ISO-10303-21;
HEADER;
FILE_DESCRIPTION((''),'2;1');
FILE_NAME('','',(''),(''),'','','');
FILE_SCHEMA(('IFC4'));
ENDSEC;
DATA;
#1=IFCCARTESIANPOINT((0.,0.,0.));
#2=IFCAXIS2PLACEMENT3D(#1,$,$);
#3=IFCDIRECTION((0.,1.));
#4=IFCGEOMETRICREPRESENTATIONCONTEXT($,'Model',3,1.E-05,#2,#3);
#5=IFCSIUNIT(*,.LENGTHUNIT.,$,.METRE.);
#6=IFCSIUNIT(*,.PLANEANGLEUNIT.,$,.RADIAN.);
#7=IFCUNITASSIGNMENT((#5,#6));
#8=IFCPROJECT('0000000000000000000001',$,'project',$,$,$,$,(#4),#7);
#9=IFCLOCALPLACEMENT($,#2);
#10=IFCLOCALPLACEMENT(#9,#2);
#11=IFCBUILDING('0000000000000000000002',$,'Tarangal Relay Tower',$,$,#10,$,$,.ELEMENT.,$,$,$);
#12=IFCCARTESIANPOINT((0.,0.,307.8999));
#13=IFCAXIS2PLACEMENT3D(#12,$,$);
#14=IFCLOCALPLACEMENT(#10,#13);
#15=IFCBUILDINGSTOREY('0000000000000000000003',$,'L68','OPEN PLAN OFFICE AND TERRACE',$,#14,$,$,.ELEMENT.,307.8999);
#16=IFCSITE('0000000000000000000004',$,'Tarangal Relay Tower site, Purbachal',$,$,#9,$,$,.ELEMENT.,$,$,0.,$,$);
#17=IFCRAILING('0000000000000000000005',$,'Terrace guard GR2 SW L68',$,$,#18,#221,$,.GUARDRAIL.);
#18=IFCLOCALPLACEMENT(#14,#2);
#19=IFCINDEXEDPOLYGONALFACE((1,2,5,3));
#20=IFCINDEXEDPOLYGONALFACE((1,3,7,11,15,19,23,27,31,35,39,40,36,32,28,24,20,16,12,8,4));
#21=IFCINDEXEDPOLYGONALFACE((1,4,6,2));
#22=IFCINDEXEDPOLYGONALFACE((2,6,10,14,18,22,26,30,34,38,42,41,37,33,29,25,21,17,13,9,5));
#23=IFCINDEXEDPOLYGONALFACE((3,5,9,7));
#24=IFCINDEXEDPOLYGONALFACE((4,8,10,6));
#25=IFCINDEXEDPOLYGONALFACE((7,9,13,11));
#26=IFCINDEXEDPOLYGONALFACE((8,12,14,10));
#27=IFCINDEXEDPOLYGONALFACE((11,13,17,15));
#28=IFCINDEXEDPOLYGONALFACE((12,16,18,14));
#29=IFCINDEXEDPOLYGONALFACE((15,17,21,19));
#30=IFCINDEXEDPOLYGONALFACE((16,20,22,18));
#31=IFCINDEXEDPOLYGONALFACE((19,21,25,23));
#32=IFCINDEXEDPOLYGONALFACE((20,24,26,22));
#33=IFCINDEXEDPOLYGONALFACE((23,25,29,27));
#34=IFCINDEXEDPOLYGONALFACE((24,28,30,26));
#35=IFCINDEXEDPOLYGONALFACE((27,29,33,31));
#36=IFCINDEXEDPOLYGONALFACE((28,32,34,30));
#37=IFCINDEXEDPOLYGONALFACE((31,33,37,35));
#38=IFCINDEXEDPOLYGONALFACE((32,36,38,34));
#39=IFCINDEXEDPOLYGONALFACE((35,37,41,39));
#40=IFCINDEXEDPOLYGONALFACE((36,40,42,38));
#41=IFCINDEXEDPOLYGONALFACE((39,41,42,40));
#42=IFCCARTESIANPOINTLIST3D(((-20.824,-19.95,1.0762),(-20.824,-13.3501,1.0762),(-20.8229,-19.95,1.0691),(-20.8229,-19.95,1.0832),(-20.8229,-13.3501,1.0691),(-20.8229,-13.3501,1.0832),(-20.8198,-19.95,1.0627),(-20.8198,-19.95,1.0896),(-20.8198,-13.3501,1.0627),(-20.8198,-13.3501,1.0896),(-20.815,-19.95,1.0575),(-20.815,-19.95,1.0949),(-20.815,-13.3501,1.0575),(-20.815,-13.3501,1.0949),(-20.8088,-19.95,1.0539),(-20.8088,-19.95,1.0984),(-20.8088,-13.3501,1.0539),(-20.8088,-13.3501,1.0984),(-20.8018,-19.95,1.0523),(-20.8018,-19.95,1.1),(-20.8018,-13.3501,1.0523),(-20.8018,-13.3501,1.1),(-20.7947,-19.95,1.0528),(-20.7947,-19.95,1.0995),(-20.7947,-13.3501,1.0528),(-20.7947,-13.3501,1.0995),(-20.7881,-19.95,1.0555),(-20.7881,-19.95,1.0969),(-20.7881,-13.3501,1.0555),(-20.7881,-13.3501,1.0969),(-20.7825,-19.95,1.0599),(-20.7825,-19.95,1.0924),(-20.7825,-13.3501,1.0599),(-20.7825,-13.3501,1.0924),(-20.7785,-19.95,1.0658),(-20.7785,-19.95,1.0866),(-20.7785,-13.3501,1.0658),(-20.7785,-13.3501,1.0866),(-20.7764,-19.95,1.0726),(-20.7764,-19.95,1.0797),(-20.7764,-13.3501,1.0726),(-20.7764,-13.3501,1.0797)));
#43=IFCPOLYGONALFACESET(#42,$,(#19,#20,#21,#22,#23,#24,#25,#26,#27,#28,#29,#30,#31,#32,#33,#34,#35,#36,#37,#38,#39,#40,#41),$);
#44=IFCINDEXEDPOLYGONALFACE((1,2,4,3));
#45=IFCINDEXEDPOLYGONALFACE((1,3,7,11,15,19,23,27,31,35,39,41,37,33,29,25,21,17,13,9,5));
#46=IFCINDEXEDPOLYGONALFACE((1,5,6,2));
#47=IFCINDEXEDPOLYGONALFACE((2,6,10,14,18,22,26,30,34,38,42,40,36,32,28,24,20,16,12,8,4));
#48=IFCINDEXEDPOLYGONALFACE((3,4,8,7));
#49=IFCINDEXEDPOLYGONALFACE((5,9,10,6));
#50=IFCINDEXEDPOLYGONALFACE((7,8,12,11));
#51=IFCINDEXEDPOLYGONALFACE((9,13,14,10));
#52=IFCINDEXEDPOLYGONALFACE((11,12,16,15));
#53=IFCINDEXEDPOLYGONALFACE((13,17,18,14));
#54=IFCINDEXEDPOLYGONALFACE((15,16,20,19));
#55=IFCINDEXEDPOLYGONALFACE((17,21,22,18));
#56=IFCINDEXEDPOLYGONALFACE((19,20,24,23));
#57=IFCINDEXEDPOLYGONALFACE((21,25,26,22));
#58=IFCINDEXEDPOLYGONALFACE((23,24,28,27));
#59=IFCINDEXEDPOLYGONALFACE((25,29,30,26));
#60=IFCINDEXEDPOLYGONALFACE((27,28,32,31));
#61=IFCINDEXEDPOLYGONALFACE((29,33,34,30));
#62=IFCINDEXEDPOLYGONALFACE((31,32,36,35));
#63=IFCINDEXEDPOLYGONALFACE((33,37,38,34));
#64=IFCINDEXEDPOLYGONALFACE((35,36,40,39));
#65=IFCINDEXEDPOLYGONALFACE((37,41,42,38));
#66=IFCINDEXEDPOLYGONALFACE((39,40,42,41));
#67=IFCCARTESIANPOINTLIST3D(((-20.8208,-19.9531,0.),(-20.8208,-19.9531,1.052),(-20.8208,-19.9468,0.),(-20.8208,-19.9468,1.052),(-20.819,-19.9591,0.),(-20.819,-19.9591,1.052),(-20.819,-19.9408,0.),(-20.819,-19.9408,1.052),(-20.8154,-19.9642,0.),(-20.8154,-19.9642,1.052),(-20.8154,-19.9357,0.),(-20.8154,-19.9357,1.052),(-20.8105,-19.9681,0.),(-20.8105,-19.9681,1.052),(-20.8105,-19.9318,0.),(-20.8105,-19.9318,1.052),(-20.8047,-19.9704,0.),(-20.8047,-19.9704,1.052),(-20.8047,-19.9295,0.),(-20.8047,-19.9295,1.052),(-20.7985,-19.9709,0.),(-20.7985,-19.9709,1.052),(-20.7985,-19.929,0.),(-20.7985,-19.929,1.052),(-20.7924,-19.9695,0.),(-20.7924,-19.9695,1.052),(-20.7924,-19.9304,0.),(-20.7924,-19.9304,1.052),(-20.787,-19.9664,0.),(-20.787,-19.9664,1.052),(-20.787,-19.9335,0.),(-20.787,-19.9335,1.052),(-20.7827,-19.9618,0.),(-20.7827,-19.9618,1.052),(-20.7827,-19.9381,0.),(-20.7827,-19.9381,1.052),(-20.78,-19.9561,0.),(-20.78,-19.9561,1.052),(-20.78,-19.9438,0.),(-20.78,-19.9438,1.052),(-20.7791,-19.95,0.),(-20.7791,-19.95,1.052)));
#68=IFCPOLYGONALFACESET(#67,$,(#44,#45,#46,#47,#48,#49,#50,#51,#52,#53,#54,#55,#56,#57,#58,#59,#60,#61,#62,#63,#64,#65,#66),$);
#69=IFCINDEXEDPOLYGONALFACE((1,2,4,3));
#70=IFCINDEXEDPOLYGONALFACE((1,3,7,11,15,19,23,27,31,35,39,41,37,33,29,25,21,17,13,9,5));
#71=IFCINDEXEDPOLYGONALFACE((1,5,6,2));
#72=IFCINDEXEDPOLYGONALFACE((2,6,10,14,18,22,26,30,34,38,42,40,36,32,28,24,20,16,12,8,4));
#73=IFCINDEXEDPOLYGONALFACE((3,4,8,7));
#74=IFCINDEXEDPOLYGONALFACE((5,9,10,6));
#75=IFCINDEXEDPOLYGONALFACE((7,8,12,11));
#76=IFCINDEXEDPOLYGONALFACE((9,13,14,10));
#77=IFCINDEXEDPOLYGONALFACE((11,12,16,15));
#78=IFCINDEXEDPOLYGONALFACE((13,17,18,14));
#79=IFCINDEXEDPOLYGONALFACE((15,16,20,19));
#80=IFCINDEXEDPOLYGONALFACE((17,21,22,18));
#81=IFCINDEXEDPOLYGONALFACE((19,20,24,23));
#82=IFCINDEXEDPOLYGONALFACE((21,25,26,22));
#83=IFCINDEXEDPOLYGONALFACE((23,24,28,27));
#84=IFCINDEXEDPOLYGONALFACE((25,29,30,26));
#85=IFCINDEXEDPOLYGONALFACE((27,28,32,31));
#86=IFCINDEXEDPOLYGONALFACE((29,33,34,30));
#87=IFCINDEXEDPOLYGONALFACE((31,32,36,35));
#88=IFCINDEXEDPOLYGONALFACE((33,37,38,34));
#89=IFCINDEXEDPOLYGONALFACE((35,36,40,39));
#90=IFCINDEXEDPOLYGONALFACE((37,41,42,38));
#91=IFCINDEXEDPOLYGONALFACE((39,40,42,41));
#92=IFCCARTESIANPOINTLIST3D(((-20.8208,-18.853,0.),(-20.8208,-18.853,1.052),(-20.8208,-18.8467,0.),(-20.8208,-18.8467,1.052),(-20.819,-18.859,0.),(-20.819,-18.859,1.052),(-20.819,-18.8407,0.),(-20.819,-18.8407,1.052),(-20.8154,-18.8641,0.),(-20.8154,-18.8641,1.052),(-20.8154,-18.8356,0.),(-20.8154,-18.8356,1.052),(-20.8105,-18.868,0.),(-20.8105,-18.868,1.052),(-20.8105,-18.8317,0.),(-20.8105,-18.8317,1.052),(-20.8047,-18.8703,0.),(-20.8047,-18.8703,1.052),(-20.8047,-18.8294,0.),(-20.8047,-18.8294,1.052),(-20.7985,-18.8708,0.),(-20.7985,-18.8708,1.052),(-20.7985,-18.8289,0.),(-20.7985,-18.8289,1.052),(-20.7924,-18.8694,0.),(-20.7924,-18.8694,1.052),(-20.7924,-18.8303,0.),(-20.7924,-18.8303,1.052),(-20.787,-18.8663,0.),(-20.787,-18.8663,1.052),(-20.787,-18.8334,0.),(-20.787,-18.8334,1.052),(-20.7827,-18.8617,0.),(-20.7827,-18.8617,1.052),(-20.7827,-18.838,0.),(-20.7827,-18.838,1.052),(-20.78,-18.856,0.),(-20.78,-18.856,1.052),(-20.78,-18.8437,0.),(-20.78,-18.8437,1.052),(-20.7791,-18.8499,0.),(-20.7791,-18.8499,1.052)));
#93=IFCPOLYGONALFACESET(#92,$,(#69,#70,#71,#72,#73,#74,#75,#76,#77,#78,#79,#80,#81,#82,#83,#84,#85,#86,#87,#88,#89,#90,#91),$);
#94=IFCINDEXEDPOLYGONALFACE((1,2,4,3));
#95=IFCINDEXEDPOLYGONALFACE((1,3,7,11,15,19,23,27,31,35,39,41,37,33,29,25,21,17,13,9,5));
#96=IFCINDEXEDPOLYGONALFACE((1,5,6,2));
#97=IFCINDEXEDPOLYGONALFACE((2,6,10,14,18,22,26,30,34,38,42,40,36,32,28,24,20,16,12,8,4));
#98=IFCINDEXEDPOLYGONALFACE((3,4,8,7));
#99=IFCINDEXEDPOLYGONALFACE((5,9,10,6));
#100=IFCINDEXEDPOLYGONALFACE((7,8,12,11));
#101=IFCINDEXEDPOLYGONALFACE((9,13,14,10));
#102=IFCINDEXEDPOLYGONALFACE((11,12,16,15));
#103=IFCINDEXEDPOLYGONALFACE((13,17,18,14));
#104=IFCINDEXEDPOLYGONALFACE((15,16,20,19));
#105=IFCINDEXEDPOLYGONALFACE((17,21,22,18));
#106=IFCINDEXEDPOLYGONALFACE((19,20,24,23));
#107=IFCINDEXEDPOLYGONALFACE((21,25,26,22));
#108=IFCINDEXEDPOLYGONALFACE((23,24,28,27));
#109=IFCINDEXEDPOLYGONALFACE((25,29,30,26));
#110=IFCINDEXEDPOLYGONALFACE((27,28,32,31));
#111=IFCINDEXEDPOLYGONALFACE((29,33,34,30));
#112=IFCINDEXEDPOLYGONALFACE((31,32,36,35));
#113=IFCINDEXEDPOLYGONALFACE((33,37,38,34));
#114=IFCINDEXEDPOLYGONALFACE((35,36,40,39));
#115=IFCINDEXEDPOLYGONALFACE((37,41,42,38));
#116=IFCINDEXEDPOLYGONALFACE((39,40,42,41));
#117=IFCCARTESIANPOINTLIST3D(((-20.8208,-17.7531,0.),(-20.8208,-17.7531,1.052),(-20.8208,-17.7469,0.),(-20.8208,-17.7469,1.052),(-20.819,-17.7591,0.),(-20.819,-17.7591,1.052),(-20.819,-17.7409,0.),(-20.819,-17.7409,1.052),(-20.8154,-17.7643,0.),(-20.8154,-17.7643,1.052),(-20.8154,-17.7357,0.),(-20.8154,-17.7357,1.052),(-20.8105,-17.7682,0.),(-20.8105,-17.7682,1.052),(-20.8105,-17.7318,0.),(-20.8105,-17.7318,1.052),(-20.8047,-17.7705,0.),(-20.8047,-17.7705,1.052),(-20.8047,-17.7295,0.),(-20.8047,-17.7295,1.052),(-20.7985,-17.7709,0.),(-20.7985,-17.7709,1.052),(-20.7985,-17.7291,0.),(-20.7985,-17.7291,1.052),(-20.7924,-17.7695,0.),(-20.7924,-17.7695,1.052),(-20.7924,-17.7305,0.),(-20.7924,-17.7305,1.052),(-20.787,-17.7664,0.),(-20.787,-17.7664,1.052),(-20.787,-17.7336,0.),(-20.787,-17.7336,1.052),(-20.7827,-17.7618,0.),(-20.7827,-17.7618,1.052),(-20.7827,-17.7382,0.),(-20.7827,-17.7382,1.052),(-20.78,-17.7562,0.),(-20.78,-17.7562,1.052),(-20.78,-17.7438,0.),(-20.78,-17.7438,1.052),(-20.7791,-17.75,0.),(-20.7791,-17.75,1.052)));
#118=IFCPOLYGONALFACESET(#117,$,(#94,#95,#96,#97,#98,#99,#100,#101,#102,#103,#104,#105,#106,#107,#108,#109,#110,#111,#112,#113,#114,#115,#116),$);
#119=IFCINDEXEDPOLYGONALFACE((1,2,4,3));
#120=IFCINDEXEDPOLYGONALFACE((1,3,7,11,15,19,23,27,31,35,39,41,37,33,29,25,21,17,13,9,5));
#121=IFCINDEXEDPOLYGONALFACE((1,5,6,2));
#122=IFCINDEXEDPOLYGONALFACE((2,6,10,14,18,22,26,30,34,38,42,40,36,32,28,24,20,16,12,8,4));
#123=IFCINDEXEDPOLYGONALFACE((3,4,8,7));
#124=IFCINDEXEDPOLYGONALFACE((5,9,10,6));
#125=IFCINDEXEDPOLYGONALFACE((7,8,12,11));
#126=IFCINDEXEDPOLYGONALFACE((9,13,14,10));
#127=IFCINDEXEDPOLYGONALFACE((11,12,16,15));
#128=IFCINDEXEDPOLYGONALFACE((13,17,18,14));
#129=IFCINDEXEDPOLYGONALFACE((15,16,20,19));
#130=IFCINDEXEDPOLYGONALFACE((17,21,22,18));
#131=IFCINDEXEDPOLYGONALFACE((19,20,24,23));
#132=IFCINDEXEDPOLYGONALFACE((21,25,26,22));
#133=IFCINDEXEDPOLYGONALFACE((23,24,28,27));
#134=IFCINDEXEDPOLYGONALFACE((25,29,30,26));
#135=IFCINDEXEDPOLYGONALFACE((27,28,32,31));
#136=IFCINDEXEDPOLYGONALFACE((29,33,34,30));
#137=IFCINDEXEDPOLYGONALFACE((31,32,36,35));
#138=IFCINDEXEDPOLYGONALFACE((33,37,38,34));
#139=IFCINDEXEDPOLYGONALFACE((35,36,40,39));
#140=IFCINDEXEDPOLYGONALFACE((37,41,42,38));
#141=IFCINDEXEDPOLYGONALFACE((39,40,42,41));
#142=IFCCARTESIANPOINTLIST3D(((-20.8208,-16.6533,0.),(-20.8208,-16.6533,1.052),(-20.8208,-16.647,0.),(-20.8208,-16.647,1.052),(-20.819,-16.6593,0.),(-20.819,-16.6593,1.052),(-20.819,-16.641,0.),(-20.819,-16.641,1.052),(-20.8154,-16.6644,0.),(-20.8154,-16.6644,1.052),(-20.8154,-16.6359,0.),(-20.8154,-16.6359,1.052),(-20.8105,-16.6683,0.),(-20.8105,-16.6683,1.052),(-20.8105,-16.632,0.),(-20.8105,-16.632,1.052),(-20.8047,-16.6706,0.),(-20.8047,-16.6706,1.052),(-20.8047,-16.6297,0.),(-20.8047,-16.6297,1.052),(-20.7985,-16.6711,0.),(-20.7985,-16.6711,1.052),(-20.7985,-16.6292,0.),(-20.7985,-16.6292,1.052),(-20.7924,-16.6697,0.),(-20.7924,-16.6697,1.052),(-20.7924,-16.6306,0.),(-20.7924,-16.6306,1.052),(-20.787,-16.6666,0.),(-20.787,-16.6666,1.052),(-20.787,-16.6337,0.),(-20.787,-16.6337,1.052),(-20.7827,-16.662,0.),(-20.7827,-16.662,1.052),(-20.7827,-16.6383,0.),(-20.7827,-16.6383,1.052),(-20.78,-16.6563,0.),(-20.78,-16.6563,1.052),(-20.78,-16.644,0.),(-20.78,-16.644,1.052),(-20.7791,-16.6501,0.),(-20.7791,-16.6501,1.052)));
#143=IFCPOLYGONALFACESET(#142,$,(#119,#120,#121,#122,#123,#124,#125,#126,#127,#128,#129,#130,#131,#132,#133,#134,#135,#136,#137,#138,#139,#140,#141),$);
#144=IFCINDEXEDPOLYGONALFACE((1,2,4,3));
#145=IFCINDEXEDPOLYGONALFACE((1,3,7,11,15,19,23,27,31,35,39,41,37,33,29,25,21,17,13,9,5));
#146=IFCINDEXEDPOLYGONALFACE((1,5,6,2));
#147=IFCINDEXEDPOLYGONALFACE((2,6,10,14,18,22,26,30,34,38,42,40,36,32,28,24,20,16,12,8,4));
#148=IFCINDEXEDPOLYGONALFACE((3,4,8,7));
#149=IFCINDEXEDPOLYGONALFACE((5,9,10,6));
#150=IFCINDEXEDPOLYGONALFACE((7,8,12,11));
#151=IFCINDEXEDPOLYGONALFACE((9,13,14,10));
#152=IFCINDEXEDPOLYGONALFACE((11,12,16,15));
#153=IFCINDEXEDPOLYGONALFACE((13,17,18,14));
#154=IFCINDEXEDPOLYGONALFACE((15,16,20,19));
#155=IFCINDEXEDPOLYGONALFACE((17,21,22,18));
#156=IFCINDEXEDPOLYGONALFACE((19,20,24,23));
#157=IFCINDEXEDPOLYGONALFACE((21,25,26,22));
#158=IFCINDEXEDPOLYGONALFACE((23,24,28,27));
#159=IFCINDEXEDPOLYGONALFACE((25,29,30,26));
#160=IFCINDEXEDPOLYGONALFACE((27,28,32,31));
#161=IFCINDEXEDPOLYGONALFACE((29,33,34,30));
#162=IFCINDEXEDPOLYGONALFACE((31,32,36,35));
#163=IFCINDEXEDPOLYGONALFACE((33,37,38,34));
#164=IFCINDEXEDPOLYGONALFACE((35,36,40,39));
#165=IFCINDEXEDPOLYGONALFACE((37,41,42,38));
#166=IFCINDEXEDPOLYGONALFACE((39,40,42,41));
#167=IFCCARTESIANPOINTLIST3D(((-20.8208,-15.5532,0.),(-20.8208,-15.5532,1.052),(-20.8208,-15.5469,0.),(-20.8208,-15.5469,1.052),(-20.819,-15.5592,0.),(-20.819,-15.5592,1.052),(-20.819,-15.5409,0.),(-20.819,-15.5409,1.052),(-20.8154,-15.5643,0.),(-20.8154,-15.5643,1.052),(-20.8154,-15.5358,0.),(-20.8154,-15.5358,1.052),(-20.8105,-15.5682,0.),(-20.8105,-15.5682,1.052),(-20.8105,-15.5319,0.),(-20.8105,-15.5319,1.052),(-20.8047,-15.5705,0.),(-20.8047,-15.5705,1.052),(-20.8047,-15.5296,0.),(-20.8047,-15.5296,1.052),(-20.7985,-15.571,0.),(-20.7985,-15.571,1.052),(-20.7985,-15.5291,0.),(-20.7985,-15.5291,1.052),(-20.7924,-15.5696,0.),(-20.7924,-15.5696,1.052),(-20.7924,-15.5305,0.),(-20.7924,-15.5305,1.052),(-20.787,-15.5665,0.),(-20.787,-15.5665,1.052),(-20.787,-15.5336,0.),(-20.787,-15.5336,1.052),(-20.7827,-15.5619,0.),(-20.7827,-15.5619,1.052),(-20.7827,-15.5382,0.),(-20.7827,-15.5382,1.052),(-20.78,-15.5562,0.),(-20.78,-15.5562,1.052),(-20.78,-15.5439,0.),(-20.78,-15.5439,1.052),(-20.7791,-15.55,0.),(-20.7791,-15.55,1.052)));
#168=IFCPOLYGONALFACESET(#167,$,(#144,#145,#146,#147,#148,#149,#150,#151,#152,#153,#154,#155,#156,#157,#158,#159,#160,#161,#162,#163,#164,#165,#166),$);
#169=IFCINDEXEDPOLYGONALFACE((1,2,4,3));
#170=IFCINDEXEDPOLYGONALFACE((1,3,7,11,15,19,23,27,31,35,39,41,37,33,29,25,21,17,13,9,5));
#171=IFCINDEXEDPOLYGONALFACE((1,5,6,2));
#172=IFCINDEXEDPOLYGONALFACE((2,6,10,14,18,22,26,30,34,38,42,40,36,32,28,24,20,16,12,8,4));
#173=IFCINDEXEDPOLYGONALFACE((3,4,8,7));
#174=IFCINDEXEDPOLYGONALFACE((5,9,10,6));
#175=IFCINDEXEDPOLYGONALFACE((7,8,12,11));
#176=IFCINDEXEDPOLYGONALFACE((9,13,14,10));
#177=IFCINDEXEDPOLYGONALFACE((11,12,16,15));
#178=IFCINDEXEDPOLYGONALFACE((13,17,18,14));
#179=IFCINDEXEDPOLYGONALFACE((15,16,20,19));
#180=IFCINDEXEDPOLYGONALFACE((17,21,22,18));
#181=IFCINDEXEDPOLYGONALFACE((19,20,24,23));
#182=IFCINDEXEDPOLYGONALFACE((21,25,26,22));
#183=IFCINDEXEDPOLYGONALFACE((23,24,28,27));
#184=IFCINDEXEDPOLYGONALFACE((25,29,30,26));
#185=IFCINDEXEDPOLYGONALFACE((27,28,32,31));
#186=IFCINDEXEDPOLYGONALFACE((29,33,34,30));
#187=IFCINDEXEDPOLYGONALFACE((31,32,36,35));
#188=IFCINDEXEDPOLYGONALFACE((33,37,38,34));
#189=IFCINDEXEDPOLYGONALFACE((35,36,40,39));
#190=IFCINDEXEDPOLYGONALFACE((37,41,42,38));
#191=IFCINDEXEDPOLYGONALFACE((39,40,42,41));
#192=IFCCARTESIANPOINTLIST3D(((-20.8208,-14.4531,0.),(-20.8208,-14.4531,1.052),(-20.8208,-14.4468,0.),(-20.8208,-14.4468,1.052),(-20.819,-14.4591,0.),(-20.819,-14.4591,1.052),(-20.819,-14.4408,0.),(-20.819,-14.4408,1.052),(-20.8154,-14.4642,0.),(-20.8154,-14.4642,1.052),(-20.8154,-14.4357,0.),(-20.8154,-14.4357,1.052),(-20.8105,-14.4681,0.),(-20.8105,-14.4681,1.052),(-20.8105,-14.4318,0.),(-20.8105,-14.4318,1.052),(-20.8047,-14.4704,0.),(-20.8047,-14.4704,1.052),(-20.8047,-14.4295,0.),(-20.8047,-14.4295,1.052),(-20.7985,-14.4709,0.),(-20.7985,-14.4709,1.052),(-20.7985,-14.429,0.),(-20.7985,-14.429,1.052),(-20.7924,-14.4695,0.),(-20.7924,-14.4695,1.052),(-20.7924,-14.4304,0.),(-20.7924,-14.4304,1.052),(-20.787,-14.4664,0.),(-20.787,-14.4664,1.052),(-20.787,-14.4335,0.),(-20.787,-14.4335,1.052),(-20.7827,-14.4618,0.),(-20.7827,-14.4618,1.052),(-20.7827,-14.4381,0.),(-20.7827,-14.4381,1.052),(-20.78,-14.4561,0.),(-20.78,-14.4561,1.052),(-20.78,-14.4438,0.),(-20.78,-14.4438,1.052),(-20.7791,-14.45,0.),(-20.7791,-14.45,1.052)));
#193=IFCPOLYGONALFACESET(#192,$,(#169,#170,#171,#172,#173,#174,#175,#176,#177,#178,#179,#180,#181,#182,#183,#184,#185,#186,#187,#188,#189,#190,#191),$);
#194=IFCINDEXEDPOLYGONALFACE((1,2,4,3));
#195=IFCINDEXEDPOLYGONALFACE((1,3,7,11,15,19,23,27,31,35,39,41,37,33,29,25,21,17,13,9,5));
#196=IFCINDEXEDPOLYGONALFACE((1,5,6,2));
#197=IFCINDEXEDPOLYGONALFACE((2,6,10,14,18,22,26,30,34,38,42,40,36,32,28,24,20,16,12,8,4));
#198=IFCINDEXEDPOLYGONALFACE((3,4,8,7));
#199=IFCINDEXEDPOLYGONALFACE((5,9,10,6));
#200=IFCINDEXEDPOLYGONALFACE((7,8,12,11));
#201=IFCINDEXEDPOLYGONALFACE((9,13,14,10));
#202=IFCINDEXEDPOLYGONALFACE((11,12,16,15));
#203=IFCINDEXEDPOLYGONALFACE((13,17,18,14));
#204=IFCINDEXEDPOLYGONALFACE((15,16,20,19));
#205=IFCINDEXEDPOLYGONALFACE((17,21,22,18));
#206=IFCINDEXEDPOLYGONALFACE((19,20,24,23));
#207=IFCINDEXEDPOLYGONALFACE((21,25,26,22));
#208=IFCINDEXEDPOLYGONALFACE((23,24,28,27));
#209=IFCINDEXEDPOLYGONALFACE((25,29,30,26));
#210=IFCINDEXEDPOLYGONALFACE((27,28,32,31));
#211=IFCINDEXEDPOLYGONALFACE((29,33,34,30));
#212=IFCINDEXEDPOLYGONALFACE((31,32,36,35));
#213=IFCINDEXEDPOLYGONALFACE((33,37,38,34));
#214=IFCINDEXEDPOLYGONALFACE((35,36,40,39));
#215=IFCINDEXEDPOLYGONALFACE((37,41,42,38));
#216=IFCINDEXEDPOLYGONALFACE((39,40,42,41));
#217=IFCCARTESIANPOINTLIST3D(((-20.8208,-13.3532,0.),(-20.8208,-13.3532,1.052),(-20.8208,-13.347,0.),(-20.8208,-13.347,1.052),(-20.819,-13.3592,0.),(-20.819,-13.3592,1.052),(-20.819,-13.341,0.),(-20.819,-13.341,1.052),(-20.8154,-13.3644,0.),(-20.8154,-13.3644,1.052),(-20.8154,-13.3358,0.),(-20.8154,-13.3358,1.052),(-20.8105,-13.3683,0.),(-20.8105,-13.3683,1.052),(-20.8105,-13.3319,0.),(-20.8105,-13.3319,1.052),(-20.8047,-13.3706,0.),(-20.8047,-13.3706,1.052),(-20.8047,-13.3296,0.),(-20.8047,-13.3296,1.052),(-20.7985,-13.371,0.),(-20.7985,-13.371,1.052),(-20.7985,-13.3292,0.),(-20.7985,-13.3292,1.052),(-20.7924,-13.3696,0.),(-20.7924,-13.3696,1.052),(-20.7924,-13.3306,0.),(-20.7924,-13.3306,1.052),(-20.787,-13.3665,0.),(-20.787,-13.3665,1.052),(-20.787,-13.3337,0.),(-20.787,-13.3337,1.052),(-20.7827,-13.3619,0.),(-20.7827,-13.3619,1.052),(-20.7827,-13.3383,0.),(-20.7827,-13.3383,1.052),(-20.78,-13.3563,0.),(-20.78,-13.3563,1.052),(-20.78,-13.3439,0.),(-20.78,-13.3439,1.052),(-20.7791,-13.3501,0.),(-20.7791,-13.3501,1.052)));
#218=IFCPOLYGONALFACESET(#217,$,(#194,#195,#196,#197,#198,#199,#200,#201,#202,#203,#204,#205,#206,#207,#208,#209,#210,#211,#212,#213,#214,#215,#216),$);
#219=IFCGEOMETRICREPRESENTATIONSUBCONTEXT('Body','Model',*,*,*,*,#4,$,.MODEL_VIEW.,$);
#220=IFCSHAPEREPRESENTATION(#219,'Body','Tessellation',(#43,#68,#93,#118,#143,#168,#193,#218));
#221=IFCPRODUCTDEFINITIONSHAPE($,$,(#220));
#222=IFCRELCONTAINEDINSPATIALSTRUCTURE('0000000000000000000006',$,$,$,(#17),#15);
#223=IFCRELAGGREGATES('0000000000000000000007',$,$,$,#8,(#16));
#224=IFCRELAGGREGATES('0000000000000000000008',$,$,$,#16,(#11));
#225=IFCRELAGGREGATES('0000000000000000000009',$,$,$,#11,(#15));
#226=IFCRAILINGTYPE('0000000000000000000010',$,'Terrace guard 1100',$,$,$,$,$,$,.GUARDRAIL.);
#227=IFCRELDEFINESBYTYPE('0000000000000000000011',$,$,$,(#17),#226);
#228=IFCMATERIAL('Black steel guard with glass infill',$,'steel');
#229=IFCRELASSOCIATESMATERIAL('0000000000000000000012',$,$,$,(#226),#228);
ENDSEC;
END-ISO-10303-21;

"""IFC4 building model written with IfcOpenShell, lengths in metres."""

from ifc_helpers import new_model, si_unit, direction, frame, origin, origin_2d, place, context, subcontext, project, spatial, circle, extrude, material, type_object, element, save


model = new_model("IFC4")

# Units and contexts
model_context = context("Model", 3, precision=1e-05, world=origin(), true_north=direction((0.0, 1.0)))
body_context = subcontext(model_context, "Body", "Model", "MODEL_VIEW")
ifc_project = project(units=[si_unit("LENGTHUNIT", "METRE"), si_unit("PLANEANGLEUNIT", "RADIAN")], contexts=[model_context])

# Site, building, storey
site_placement = place(None, origin())
site = spatial("IfcSite", under=ifc_project, at=site_placement, Name="Tarangal Relay Tower site, Purbachal", CompositionType="ELEMENT", RefElevation=0.0)
building_placement = place(site_placement, origin())
building = spatial("IfcBuilding", under=site, at=building_placement, Name="Tarangal Relay Tower", CompositionType="ELEMENT")
storey_placement = place(building_placement, frame((0.0, 0.0, 307.8999)))
storey = spatial("IfcBuildingStorey", under=building, at=storey_placement, Name="L68", Description="OPEN PLAN OFFICE AND TERRACE", CompositionType="ELEMENT", Elevation=307.8999)

# Railing
ifc_material_1 = material(Name="Black steel guard with glass infill", Category="steel")
railing_type = type_object("IfcRailingType", Name="Terrace guard 1100", PredefinedType="GUARDRAIL", material=ifc_material_1)
railing_1_placement = place(storey_placement, frame((-20.8, -19.95, 0.0)))
element("IfcRailing", 1, at=railing_1_placement, inside=storey, type_object=railing_type, Name="Terrace guard GR2 SW L68", PredefinedType="GUARDRAIL", context=body_context, shape_type="SweptSolid", body=[
    extrude(circle(Radius=0.0239, at=origin_2d()), frame((0.0, 0.0, 1.0762), z_axis=(0.0, 1.0, 0.0), x_axis=(-1.0, 0.0, 0.0)), (0.0, 0.0, 1.0), 6.5999),
    extrude(circle(Radius=0.021, at=origin_2d()), origin(), (0.0, 0.0, 1.0), 1.052),
    extrude(circle(Radius=0.021, at=origin_2d()), frame((0.0, 1.1001, 0.0)), (0.0, 0.0, 1.0), 1.052),
    extrude(circle(Radius=0.021, at=origin_2d()), frame((0.0, 2.2, 0.0)), (0.0, 0.0, 1.0), 1.052),
    extrude(circle(Radius=0.021, at=origin_2d()), frame((0.0, 3.2998, 0.0)), (0.0, 0.0, 1.0), 1.052),
    extrude(circle(Radius=0.021, at=origin_2d()), frame((0.0, 4.3999, 0.0)), (0.0, 0.0, 1.0), 1.052),
    extrude(circle(Radius=0.021, at=origin_2d()), frame((0.0, 5.5, 0.0)), (0.0, 0.0, 1.0), 1.052),
    extrude(circle(Radius=0.021, at=origin_2d()), frame((0.0, 6.5999, 0.0)), (0.0, 0.0, 1.0), 1.052),
])

save(model, "model.ifc")
